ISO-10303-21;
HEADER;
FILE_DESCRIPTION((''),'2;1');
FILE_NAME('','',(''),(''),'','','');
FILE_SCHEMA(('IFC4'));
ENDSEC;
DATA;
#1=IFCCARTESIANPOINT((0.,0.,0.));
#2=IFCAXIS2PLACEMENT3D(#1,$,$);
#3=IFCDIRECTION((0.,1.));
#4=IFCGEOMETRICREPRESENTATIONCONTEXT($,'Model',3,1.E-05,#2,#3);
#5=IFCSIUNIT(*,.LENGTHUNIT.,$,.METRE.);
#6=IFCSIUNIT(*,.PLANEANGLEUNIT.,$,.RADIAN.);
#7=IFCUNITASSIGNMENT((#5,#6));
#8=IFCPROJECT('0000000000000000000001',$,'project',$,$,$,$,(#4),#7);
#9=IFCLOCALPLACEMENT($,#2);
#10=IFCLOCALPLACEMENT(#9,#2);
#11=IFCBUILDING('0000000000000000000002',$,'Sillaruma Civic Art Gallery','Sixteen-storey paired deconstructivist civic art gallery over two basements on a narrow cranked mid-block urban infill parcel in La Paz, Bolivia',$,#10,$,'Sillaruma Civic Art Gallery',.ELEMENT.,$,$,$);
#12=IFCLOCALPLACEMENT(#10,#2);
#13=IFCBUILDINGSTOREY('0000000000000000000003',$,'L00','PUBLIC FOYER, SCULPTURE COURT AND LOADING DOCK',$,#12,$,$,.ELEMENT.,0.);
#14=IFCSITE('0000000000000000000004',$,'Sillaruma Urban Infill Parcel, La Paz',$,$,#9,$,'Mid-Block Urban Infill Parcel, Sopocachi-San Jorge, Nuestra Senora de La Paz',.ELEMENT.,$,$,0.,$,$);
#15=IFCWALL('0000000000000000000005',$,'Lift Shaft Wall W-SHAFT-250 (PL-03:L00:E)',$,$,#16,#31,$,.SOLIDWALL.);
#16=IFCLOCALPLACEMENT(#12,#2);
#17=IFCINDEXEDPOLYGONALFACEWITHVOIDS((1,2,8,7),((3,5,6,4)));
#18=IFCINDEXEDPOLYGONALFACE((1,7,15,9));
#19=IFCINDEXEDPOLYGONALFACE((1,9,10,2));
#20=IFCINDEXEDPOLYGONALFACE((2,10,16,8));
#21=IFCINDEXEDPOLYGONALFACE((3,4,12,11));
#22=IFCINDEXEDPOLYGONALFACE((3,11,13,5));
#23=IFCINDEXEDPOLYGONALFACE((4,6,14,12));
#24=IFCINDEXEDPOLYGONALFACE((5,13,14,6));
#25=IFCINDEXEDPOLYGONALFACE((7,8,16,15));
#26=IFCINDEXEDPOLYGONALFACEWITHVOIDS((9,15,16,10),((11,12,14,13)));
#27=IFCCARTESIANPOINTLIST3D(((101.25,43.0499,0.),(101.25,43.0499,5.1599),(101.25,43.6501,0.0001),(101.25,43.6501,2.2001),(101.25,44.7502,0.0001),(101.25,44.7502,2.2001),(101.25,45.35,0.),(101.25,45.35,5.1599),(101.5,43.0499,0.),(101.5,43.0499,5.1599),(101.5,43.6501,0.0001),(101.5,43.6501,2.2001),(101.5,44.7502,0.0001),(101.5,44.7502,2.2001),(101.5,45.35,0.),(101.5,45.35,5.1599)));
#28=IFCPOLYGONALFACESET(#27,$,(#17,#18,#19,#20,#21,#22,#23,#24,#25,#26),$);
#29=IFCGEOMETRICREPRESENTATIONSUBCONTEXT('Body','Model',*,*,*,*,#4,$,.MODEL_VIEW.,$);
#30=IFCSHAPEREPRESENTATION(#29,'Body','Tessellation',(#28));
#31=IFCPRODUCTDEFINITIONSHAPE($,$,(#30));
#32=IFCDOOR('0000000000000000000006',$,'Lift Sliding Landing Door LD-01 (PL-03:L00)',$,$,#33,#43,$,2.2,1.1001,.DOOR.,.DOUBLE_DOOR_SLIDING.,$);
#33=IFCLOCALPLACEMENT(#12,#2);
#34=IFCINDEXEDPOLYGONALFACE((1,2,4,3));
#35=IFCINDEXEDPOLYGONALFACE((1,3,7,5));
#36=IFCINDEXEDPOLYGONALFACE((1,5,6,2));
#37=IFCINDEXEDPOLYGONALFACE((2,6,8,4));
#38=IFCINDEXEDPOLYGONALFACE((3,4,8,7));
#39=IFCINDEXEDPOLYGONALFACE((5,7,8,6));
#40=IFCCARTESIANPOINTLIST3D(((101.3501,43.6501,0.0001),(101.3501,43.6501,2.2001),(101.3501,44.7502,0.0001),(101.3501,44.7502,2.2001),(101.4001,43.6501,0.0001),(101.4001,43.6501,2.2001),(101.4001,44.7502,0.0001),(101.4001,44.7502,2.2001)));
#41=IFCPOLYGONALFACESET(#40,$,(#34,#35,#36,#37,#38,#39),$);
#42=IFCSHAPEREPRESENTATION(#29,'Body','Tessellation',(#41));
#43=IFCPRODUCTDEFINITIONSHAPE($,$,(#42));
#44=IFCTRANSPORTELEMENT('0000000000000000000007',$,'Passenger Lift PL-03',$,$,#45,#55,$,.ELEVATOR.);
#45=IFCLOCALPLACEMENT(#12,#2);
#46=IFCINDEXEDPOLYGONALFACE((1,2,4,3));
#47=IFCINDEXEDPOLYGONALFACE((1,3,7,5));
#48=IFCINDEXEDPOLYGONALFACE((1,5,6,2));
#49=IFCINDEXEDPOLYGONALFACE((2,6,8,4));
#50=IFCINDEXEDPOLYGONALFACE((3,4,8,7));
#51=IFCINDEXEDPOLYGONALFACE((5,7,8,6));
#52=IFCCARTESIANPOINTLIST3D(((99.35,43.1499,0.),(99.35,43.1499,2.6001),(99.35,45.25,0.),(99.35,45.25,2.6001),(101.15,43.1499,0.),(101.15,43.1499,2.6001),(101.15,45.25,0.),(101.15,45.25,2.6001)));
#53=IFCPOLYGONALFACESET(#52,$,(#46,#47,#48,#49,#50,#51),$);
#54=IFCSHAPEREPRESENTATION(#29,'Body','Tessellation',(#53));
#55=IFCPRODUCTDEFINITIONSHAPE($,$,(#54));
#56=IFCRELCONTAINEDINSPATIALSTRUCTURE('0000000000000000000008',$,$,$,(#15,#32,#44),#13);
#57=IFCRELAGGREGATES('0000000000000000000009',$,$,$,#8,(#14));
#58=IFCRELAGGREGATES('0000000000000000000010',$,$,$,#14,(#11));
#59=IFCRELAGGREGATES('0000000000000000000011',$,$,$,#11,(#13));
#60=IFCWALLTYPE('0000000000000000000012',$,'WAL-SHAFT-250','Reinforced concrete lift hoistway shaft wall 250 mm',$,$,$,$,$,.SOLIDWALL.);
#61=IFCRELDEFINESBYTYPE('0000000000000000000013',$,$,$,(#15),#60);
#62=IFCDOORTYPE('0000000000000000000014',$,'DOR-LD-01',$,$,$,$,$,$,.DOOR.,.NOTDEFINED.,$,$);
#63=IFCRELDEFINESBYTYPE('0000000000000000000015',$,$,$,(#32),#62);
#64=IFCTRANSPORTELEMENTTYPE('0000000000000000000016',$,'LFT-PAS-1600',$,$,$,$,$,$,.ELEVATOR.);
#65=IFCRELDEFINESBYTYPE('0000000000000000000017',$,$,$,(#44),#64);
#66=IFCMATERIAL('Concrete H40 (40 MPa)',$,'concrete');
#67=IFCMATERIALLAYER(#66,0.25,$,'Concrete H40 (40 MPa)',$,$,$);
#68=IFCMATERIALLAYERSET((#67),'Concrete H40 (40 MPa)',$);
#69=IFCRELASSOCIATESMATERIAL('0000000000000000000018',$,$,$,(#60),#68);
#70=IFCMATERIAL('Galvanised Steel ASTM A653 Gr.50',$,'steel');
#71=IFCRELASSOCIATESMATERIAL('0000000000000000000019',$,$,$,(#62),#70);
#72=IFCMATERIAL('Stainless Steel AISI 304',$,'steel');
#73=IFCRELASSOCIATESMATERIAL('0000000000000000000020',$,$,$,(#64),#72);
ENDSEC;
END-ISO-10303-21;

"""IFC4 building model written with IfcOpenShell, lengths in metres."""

from ifc_helpers import new_model, si_unit, direction, frame, frame_2d, origin, origin_2d, place, context, subcontext, project, spatial, rectangle, extrude, material, layer, layer_set, type_object, element, fill, save


model = new_model("IFC4")

# Units and contexts
model_context = context("Model", 3, precision=1e-05, world=origin(), true_north=direction((0.0, 1.0)))
body_context = subcontext(model_context, "Body", "Model", "MODEL_VIEW")
ifc_project = project(units=[si_unit("LENGTHUNIT", "METRE"), si_unit("PLANEANGLEUNIT", "RADIAN")], contexts=[model_context])

# Site, building, storey
site_placement = place(None, origin())
site = spatial("IfcSite", under=ifc_project, at=site_placement, Name="Sillaruma Urban Infill Parcel, La Paz", LongName="Mid-Block Urban Infill Parcel, Sopocachi-San Jorge, Nuestra Senora de La Paz", CompositionType="ELEMENT", RefElevation=0.0)
building_placement = place(site_placement, origin())
building = spatial("IfcBuilding", under=site, at=building_placement, Name="Sillaruma Civic Art Gallery", Description="Sixteen-storey paired deconstructivist civic art gallery over two basements on a narrow cranked mid-block urban infill parcel in La Paz, Bolivia", LongName="Sillaruma Civic Art Gallery", CompositionType="ELEMENT")
storey_placement = place(building_placement, origin())
storey = spatial("IfcBuildingStorey", under=building, at=storey_placement, Name="L00", Description="PUBLIC FOYER, SCULPTURE COURT AND LOADING DOCK", CompositionType="ELEMENT", Elevation=0.0)

# Shared definitions
ifc_material_1 = material(Name="Concrete H40 (40 MPa)", Category="concrete")

# Shared definitions
ifc_material_2 = material(Name="Galvanised Steel ASTM A653 Gr.50", Category="steel")

# Shared definitions
ifc_layer_1 = layer(ifc_material_1, 0.25, Name="Concrete H40 (40 MPa)")
ifc_layer_set_1 = layer_set([ifc_layer_1], Name="Concrete H40 (40 MPa)")
wall_type_1 = type_object("IfcWallType", Name="WAL-SHAFT-250", Description="Reinforced concrete lift hoistway shaft wall 250 mm", PredefinedType="SOLIDWALL", material=ifc_layer_set_1)

# Wall, opening, door
wall_1_placement = place(storey_placement, frame((101.375, 43.05, 0.0), z_axis=(0.0, 0.0, 1.0), x_axis=(0.0, 1.0, 0.0)))
wall_1 = element("IfcWall", 1, at=wall_1_placement, inside=storey, type_object=wall_type_1, Name="Lift Shaft Wall W-SHAFT-250 (PL-03:L00:E)", PredefinedType="SOLIDWALL", context=body_context, shape_type="SweptSolid", body=[
    extrude(rectangle(XDim=2.3, YDim=0.25, at=frame_2d((1.1499, 0.0))), origin(), (0.0, 0.0, 1.0), 5.1599),
])
opening_1_placement = place(wall_1_placement, frame((0.6001, 0.0, 0.0)))
opening_1 = element("IfcOpeningElement", 2, at=opening_1_placement, cuts=wall_1, PredefinedType="OPENING", context=body_context, shape_type="SweptSolid", body=[
    extrude(rectangle(XDim=1.1001, YDim=2.2, at=frame_2d((0.55, 1.1001))), frame((0.0, 0.135, 0.0), z_axis=(0.0, -1.0, 0.0), x_axis=(1.0, 0.0, 0.0)), (0.0, 0.0, 1.0), 0.27),
])
door_type_1 = type_object("IfcDoorType", Name="DOR-LD-01", OperationType="NOTDEFINED", PredefinedType="DOOR", material=ifc_material_2)
door_1_placement = place(opening_1_placement, origin())
door_1 = element("IfcDoor", 3, at=door_1_placement, inside=storey, type_object=door_type_1, Name="Lift Sliding Landing Door LD-01 (PL-03:L00)", OperationType="DOUBLE_DOOR_SLIDING", OverallHeight=2.2, OverallWidth=1.1001, PredefinedType="DOOR", context=body_context, shape_type="SweptSolid", body=[
    extrude(rectangle(XDim=1.1001, YDim=2.2, at=frame_2d((0.55, 1.1001))), frame((0.0, 0.0249, 0.0), z_axis=(0.0, -1.0, 0.0), x_axis=(1.0, 0.0, 0.0)), (0.0, 0.0, 1.0), 0.05),
])
fill(opening_1, door_1)

# Transport element
ifc_material_3 = material(Name="Stainless Steel AISI 304", Category="steel")
transport_element_type = type_object("IfcTransportElementType", Name="LFT-PAS-1600", PredefinedType="ELEVATOR", material=ifc_material_3)
transport_element_placement = place(storey_placement, frame((100.25, 44.2, 0.0), z_axis=(0.0, 0.0, 1.0), x_axis=(1.0, 0.0, 0.0)))
element("IfcTransportElement", 4, at=transport_element_placement, inside=storey, type_object=transport_element_type, Name="Passenger Lift PL-03", PredefinedType="ELEVATOR", context=body_context, shape_type="SweptSolid", body=[
    extrude(rectangle(XDim=1.8, YDim=2.1001, at=origin_2d()), origin(), (0.0, 0.0, 1.0), 2.6001),
])

save(model, "model.ifc")
